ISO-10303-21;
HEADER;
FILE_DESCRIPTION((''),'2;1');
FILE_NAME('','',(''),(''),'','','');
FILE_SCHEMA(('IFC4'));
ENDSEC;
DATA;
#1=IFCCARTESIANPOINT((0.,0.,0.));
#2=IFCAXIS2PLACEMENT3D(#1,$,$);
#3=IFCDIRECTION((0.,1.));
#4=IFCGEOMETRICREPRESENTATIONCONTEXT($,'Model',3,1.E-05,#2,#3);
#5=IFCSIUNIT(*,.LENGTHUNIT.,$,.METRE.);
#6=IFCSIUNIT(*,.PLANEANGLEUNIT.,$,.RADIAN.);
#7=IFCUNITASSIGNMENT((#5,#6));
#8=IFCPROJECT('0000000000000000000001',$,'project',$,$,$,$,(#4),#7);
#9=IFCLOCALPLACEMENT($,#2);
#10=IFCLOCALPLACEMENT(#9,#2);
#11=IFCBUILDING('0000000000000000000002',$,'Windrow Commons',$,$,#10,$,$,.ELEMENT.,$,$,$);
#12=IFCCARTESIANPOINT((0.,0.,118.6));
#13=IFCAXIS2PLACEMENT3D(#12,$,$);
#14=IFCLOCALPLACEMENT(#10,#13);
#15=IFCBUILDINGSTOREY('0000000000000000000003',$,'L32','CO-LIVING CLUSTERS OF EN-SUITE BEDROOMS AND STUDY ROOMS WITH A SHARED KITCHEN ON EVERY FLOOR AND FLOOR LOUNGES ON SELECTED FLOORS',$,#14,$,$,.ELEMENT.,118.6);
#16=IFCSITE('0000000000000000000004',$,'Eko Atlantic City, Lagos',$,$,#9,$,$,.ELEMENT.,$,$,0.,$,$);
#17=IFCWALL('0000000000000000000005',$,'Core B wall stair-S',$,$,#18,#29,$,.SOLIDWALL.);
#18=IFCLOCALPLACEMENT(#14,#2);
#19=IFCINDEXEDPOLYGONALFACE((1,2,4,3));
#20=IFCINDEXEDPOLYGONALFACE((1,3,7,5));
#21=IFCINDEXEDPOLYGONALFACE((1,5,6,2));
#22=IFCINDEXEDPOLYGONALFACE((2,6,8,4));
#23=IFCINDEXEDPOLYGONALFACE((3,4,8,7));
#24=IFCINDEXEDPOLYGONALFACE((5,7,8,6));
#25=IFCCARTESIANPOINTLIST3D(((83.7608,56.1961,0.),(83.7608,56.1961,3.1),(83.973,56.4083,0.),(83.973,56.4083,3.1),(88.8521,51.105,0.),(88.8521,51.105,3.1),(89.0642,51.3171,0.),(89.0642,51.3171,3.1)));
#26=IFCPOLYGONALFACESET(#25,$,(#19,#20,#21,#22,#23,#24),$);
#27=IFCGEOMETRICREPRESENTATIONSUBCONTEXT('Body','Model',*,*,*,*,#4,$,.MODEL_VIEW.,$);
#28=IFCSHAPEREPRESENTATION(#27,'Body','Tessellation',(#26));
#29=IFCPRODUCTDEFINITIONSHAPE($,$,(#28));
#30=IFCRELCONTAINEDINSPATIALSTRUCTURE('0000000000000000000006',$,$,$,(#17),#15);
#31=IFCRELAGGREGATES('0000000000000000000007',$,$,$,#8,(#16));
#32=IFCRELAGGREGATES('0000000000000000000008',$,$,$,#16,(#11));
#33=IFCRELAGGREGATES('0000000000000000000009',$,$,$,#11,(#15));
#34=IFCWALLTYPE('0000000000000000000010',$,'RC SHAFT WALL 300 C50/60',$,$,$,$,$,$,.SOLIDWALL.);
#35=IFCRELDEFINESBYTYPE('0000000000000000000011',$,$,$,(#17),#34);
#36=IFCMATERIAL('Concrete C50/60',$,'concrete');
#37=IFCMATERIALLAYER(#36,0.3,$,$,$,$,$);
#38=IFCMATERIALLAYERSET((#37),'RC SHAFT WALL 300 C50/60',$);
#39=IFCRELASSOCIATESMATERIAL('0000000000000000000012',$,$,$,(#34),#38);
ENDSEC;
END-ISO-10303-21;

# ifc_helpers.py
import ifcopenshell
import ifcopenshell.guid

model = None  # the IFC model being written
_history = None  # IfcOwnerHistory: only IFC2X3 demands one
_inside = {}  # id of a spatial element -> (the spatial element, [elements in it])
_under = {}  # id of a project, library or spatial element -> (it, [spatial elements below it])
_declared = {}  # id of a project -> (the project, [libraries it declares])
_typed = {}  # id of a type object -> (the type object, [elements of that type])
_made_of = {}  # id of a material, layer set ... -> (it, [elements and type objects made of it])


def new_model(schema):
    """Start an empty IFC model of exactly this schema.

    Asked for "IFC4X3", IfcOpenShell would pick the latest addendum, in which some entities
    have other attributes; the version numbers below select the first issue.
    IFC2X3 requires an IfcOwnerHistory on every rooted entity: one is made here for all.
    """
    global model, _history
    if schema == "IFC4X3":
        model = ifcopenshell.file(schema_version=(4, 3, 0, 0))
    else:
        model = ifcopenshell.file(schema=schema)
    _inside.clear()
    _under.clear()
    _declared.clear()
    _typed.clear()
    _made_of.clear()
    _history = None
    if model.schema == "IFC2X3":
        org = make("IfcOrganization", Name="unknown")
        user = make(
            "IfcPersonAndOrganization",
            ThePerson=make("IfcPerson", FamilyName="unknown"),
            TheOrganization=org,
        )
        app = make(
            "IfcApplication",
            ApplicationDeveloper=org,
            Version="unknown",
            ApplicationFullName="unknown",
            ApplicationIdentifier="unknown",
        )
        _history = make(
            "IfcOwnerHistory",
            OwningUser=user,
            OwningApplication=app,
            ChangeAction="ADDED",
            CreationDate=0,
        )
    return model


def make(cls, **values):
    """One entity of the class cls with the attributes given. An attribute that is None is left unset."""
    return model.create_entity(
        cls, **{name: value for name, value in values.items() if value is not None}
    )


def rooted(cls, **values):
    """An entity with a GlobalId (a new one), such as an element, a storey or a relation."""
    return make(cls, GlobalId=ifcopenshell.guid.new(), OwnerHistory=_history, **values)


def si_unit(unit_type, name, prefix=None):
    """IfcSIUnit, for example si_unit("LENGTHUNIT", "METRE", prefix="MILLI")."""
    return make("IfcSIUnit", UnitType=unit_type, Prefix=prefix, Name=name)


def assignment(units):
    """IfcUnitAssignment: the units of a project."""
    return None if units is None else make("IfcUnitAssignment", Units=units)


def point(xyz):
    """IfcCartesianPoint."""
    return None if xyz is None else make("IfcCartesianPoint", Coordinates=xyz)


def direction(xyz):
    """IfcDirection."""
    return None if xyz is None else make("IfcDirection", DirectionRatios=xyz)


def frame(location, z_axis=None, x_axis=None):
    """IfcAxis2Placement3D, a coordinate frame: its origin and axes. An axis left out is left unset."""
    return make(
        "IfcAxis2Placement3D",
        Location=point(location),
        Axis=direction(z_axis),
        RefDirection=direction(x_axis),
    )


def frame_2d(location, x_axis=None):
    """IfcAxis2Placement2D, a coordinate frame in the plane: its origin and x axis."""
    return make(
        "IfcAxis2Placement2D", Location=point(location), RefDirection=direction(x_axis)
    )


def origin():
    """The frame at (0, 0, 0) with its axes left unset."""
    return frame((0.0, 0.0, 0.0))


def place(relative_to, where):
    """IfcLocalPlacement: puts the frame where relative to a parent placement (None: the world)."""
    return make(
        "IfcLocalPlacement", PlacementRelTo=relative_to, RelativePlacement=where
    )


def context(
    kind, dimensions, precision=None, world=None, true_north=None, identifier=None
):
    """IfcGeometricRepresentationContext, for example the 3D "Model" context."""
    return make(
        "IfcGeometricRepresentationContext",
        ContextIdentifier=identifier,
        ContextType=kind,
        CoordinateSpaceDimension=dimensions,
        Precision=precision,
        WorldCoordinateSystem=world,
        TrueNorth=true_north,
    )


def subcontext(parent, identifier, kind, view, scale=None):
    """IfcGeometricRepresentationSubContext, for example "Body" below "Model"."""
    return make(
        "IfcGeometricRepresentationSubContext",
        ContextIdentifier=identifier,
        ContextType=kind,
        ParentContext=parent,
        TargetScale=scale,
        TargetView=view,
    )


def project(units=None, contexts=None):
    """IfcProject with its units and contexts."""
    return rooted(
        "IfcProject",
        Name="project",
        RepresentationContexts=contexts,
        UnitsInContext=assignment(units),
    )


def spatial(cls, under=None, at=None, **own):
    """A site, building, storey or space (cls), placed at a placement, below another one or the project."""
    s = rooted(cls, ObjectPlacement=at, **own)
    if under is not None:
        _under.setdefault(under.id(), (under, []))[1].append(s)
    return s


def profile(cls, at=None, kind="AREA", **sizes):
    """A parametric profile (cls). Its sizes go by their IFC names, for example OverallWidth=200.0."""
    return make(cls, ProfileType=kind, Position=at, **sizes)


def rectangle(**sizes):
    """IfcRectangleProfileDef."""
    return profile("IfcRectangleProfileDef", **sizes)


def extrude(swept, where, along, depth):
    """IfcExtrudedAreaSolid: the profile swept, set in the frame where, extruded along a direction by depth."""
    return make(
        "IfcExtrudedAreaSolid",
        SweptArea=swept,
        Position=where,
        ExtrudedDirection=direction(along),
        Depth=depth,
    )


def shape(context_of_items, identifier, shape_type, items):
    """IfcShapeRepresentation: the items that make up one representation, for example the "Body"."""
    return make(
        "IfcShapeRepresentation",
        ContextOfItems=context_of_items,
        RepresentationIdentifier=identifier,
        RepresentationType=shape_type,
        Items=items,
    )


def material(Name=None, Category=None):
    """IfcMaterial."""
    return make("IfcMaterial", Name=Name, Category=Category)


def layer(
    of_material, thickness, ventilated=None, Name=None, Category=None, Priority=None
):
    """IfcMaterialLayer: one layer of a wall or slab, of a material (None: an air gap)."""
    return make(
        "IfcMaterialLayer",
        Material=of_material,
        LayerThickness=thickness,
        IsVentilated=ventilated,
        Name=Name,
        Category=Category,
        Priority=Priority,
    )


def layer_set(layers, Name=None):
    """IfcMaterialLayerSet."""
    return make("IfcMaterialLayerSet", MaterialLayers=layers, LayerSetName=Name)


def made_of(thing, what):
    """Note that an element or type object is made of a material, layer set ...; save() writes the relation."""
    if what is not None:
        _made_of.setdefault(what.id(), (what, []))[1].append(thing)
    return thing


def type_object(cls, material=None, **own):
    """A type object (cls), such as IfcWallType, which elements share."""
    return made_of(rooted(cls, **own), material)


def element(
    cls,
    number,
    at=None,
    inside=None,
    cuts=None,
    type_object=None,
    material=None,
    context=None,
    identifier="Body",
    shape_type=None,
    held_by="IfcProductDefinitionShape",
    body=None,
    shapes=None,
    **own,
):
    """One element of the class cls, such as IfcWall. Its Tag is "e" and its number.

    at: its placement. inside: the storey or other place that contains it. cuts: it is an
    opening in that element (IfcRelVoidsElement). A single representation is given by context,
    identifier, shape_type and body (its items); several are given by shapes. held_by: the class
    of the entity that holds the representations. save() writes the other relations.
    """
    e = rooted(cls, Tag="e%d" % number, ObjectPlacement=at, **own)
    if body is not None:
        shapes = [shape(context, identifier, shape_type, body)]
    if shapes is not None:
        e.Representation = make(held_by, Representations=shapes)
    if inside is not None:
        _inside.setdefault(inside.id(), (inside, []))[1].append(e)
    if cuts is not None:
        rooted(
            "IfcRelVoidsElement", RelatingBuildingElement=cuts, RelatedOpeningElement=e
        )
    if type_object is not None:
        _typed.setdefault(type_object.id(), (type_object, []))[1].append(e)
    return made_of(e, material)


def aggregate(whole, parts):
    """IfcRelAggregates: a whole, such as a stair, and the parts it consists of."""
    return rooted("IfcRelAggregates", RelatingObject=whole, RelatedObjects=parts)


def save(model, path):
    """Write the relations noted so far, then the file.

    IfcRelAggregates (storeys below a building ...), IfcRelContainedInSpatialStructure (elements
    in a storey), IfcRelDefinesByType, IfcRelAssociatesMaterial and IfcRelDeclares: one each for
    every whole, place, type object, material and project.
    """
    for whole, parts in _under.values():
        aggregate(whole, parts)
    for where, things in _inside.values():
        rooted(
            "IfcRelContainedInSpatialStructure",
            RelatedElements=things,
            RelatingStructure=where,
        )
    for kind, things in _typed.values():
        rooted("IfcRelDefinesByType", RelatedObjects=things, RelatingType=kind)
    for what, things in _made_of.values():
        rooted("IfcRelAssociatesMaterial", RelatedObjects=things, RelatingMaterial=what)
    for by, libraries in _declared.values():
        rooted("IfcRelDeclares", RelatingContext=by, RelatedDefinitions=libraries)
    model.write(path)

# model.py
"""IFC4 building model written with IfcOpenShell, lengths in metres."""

from ifc_helpers import new_model, si_unit, direction, frame, frame_2d, origin, place, context, subcontext, project, spatial, rectangle, extrude, material, layer, layer_set, type_object, element, save


model = new_model("IFC4")

# Units and contexts
model_context = context("Model", 3, precision=1e-05, world=origin(), true_north=direction((0.0, 1.0)))
body_context = subcontext(model_context, "Body", "Model", "MODEL_VIEW")
ifc_project = project(units=[si_unit("LENGTHUNIT", "METRE"), si_unit("PLANEANGLEUNIT", "RADIAN")], contexts=[model_context])

# Site, building, storey
site_placement = place(None, origin())
site = spatial("IfcSite", under=ifc_project, at=site_placement, Name="Eko Atlantic City, Lagos", CompositionType="ELEMENT", RefElevation=0.0)
building_placement = place(site_placement, origin())
building = spatial("IfcBuilding", under=site, at=building_placement, Name="Windrow Commons", CompositionType="ELEMENT")
storey_placement = place(building_placement, frame((0.0, 0.0, 118.6)))
storey = spatial("IfcBuildingStorey", under=building, at=storey_placement, Name="L32", Description="CO-LIVING CLUSTERS OF EN-SUITE BEDROOMS AND STUDY ROOMS WITH A SHARED KITCHEN ON EVERY FLOOR AND FLOOR LOUNGES ON SELECTED FLOORS", CompositionType="ELEMENT", Elevation=118.6)

# Shared definitions
ifc_material_1 = material(Name="Concrete C50/60", Category="concrete")
ifc_layer_1 = layer(ifc_material_1, 0.3)
ifc_layer_set_1 = layer_set([ifc_layer_1], Name="RC SHAFT WALL 300 C50/60")
wall_type_1 = type_object("IfcWallType", Name="RC SHAFT WALL 300 C50/60", PredefinedType="SOLIDWALL", material=ifc_layer_set_1)

# Wall
wall_1_placement = place(storey_placement, frame((83.8669, 56.3022, 0.0), z_axis=(0.0, 0.0, 1.0), x_axis=(0.707114, -0.7071, 0.0)))
element("IfcWall", 1, at=wall_1_placement, inside=storey, type_object=wall_type_1, Name="Core B wall stair-S", PredefinedType="SOLIDWALL", context=body_context, shape_type="SweptSolid", body=[
    extrude(rectangle(XDim=7.2, YDim=0.3, at=frame_2d((3.6, 0.0))), origin(), (0.0, 0.0, 1.0), 3.1),
])

save(model, "model.ifc")
